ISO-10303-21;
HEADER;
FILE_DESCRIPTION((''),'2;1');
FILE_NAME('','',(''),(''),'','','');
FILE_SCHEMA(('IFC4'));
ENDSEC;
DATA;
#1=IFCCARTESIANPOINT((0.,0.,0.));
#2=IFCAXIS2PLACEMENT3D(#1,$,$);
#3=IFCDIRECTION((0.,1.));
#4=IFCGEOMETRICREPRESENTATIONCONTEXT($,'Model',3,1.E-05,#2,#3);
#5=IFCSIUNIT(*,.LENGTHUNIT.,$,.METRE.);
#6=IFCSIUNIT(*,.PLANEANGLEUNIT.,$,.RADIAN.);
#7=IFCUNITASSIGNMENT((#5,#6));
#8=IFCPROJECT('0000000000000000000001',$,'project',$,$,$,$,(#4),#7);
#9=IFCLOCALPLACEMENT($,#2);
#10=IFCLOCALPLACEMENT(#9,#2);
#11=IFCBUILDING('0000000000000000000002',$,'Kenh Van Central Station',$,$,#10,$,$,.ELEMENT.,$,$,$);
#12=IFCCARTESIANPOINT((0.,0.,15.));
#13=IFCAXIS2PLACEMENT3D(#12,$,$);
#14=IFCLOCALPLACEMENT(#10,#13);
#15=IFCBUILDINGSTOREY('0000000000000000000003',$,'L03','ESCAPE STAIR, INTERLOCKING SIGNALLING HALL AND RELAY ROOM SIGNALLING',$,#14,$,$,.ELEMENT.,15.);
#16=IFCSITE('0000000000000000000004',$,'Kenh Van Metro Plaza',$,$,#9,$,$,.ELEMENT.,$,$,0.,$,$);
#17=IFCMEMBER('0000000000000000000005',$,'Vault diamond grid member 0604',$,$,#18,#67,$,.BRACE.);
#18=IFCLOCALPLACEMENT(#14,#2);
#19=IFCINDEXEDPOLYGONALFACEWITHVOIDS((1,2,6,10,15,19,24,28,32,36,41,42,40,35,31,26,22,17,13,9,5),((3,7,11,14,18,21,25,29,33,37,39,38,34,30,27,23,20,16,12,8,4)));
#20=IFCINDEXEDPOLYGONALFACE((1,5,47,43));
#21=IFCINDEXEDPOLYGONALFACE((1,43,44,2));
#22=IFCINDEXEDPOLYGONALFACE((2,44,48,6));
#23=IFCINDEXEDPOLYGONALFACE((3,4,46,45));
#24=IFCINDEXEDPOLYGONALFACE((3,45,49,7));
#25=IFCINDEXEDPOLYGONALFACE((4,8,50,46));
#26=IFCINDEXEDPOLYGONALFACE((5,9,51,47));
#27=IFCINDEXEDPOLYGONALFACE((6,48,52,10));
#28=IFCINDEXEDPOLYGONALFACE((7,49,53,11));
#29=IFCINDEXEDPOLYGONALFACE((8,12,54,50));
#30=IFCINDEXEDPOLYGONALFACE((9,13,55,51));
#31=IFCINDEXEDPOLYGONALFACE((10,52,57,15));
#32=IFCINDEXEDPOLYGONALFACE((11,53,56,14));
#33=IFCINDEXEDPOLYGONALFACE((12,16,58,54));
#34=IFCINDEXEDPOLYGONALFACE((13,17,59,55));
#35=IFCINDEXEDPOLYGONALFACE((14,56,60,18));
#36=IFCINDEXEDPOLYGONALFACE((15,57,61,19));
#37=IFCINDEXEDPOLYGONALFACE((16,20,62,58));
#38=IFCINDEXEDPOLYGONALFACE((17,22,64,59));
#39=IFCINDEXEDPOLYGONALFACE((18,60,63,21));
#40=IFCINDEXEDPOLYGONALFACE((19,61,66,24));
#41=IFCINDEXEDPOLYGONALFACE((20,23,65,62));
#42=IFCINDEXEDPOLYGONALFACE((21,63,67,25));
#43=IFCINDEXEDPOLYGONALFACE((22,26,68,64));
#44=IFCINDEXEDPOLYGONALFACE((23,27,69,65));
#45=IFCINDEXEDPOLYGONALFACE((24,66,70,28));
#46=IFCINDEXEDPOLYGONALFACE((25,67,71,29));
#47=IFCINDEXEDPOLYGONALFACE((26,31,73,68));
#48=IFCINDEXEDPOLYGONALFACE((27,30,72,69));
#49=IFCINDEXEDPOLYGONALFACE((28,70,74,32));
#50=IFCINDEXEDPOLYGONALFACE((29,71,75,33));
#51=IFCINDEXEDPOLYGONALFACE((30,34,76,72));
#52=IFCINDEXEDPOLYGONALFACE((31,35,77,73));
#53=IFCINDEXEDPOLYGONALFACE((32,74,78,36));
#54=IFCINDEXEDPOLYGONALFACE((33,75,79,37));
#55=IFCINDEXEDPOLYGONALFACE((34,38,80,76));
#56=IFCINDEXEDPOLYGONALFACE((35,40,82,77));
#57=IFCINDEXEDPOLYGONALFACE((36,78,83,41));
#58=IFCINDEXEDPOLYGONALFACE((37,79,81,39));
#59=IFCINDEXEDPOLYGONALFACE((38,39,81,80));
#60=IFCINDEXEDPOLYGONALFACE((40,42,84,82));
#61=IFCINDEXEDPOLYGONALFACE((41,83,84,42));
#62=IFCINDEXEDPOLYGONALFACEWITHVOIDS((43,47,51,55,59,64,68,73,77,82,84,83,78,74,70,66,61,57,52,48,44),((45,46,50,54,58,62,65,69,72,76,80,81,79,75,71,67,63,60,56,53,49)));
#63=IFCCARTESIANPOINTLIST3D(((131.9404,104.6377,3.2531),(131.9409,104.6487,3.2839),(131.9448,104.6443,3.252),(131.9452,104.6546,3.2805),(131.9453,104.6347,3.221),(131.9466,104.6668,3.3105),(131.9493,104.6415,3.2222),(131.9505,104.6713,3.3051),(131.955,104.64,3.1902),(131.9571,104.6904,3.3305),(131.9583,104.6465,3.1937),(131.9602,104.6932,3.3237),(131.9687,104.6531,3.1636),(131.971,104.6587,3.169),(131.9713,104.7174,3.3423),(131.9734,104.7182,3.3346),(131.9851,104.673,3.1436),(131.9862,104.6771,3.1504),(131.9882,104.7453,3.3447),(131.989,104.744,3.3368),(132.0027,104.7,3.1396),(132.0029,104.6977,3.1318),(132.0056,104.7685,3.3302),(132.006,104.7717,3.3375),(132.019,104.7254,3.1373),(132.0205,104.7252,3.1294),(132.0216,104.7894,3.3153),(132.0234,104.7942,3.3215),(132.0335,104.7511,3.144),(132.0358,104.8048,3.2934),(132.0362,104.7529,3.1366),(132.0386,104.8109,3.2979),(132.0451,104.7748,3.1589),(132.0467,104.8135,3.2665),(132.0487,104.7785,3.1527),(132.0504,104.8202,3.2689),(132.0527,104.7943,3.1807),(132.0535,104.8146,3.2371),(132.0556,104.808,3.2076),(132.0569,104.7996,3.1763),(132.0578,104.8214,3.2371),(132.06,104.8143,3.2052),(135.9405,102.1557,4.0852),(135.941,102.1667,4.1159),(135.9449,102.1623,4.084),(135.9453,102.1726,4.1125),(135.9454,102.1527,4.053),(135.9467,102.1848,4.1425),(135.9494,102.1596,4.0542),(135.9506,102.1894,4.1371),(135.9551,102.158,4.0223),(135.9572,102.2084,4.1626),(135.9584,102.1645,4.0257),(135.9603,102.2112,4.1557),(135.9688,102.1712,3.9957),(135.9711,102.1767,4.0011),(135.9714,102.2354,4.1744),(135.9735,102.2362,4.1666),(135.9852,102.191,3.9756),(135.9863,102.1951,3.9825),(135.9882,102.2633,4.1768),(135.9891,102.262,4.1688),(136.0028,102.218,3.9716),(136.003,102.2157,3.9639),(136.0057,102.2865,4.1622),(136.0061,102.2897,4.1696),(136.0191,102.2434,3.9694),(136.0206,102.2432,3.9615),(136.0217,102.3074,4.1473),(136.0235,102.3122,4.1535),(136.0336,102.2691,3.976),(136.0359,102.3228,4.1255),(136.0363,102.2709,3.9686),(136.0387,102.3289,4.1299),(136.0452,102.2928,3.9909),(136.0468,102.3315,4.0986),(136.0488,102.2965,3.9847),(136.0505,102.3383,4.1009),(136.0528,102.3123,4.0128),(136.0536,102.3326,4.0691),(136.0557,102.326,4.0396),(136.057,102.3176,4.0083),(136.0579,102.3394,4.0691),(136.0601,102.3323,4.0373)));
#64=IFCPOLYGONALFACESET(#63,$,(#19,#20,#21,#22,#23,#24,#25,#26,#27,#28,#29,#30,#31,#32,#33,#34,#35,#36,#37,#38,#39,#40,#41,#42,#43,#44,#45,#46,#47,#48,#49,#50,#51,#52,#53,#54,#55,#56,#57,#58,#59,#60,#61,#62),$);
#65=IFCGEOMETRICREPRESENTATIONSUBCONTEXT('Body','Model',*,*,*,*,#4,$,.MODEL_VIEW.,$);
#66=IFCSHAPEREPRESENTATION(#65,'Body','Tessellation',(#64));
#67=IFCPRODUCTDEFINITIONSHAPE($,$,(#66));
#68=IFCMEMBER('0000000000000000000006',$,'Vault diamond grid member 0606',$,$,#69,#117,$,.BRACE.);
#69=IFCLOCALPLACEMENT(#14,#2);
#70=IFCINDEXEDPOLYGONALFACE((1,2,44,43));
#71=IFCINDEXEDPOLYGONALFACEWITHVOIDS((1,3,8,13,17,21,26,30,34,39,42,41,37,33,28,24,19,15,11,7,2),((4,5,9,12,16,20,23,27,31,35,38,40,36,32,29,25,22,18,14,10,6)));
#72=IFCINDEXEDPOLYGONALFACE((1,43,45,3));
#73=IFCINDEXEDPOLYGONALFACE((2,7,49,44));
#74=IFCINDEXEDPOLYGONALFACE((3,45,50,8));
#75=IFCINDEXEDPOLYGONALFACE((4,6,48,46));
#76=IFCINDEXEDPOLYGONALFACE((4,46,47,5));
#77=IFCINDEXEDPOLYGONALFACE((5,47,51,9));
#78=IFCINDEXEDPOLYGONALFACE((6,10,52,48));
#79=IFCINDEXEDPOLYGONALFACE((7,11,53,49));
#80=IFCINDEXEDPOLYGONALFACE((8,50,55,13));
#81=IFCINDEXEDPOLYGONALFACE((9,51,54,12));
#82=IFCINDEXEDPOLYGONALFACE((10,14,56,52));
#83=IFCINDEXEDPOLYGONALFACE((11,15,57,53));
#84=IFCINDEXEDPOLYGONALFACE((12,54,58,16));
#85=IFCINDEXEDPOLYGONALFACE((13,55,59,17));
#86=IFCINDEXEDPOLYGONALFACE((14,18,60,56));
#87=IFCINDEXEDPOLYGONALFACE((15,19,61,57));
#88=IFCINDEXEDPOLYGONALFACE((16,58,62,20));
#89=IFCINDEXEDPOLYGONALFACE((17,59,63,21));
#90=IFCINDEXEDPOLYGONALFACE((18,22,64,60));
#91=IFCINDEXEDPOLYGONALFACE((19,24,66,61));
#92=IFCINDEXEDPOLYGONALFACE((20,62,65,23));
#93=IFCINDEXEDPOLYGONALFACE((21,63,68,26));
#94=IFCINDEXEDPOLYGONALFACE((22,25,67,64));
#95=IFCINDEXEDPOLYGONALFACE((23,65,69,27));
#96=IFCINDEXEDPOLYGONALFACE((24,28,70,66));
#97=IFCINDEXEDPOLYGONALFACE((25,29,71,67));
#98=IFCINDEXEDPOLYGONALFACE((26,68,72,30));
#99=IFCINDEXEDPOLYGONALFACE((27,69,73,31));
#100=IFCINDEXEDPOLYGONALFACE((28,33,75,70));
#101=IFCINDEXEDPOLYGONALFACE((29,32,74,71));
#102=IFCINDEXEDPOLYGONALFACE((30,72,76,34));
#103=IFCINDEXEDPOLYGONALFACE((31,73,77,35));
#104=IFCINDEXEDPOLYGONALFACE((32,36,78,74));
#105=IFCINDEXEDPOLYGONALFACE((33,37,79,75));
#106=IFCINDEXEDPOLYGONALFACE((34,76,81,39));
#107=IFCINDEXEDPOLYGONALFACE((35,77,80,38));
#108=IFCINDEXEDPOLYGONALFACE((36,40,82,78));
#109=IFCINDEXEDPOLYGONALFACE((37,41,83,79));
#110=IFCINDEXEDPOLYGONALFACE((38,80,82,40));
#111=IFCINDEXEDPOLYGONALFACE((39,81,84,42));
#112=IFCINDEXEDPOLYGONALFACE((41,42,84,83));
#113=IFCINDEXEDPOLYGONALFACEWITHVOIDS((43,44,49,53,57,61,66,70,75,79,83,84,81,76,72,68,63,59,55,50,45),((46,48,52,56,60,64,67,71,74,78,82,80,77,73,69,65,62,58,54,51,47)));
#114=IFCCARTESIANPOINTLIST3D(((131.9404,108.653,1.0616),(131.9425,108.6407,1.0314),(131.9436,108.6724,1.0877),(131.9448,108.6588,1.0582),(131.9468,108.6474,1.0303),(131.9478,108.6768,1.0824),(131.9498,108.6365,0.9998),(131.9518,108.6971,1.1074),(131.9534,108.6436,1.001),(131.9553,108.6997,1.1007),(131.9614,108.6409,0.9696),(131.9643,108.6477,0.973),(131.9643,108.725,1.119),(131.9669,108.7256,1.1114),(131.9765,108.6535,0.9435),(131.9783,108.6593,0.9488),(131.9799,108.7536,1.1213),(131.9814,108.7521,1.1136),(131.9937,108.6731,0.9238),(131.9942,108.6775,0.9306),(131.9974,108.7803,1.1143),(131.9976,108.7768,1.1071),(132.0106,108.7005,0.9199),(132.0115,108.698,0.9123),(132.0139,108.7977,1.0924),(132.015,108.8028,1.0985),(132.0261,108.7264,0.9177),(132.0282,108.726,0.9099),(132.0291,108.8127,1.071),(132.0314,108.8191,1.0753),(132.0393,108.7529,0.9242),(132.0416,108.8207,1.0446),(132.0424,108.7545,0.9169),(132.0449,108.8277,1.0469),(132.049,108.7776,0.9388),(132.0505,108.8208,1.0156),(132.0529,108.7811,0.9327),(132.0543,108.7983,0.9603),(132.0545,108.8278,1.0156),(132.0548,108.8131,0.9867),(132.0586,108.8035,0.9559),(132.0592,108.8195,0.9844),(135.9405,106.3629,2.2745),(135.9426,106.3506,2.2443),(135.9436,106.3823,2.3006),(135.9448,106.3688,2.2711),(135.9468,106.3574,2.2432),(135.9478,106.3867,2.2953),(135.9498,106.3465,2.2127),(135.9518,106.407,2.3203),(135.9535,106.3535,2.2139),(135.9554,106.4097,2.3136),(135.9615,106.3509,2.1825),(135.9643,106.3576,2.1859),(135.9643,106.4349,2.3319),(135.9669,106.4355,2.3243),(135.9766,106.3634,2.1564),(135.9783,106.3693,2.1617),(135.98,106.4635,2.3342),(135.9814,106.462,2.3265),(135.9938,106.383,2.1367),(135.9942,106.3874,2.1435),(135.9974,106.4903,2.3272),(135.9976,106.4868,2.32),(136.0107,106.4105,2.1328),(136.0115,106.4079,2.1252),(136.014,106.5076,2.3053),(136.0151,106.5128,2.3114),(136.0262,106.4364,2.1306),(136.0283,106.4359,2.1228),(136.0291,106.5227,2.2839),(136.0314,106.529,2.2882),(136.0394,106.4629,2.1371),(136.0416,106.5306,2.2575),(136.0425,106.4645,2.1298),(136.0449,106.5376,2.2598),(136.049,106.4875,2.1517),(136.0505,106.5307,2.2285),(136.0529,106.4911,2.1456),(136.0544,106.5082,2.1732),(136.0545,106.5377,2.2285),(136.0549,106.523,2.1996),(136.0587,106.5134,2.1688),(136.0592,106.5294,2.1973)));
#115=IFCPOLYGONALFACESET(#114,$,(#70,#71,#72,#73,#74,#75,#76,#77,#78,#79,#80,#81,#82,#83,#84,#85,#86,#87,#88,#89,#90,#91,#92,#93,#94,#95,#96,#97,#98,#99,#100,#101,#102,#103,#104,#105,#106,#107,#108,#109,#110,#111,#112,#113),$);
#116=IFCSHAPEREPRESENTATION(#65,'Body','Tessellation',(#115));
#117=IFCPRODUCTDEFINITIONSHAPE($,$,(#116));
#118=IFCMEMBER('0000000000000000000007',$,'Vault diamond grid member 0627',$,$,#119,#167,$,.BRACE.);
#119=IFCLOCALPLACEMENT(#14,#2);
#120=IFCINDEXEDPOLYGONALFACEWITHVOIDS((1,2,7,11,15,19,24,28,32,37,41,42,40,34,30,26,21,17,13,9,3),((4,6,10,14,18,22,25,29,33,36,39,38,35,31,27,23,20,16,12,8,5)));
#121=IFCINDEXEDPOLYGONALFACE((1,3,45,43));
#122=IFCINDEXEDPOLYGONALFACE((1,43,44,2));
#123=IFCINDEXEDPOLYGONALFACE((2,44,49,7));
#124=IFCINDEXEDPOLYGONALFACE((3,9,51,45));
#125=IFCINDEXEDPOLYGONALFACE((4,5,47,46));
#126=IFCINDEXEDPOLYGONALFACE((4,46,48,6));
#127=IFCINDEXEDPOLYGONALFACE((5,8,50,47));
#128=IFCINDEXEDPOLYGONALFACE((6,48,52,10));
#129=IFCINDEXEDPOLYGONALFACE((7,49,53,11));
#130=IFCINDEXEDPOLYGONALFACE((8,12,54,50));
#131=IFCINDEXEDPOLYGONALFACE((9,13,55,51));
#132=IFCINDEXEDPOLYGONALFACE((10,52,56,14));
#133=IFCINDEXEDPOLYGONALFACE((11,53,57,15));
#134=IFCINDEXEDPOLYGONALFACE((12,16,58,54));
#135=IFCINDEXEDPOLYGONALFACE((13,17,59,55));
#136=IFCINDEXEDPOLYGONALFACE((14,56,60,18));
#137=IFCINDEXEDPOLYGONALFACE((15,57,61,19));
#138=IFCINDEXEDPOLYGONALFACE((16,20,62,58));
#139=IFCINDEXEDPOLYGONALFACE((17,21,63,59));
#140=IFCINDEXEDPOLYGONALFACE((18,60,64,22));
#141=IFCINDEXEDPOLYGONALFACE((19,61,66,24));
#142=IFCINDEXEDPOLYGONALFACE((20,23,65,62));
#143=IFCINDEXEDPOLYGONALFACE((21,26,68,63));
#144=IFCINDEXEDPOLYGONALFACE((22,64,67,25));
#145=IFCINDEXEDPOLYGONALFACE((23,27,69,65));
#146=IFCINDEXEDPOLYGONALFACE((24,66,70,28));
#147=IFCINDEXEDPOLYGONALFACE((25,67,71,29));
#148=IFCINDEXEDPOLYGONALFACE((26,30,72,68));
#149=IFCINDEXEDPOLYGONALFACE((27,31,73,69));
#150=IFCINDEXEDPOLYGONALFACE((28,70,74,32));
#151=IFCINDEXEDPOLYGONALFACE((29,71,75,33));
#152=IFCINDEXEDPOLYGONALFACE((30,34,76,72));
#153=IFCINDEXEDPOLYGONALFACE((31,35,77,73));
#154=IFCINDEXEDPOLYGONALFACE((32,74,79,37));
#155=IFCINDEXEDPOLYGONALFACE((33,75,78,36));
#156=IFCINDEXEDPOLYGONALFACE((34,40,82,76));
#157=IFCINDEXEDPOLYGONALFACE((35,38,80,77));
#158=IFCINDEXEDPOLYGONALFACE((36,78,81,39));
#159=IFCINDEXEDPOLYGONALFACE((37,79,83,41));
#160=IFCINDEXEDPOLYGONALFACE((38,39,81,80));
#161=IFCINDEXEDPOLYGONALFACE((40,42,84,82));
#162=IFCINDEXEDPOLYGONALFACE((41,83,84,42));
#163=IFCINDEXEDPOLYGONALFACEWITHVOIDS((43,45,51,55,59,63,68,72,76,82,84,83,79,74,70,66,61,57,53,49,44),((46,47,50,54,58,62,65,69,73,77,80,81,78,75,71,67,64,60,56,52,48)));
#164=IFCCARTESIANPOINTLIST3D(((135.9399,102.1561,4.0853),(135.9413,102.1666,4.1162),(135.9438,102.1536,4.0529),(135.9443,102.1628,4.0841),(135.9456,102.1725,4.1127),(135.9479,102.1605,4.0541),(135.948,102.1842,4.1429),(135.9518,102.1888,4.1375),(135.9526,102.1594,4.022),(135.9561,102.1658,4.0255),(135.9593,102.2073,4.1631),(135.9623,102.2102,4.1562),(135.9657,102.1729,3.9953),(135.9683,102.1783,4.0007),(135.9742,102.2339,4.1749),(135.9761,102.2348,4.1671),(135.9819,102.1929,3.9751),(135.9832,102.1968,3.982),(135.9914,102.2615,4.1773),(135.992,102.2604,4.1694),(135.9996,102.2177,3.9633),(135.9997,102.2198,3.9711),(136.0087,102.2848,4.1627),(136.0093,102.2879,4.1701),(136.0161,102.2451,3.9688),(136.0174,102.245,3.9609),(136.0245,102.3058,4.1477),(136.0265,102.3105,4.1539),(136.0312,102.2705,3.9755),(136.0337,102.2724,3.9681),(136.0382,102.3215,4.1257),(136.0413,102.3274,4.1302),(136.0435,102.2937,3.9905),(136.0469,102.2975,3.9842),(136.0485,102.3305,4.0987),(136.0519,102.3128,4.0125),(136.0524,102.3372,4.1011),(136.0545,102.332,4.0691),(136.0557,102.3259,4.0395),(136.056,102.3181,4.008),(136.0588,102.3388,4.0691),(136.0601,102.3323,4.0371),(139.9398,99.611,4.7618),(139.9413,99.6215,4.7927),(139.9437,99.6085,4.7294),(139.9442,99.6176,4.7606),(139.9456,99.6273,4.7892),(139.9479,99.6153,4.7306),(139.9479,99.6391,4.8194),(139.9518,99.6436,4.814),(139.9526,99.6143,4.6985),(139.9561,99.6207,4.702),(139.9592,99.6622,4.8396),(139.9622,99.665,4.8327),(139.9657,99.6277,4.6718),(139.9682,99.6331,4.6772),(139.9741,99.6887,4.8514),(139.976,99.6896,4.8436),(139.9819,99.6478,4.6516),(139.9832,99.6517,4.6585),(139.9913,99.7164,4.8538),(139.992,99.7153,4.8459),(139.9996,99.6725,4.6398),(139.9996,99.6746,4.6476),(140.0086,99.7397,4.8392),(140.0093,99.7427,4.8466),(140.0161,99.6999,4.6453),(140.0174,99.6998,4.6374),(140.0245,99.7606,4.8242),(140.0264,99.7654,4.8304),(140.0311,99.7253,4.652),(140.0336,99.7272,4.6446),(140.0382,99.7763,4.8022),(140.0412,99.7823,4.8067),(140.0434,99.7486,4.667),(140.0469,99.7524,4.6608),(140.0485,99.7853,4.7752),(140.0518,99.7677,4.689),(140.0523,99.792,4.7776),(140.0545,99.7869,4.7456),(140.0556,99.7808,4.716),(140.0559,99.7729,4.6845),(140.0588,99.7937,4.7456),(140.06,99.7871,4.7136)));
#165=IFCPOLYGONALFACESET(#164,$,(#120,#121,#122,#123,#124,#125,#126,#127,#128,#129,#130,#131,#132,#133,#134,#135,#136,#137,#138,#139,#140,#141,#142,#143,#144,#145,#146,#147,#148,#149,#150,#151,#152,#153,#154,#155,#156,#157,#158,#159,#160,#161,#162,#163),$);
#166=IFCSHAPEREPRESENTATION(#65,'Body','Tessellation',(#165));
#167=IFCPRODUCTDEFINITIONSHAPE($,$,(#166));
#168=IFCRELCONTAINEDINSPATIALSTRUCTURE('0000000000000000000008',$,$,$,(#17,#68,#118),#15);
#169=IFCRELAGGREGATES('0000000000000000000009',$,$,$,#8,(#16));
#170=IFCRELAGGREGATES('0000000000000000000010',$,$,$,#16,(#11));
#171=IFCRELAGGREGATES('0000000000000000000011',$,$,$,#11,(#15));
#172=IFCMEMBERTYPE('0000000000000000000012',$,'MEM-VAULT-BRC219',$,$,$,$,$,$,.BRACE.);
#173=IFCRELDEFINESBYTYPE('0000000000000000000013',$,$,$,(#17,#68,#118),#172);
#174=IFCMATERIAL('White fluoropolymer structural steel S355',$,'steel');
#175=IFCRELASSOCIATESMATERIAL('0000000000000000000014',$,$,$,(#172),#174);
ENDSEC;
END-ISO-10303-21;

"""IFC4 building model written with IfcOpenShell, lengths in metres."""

from ifc_helpers import new_model, si_unit, direction, frame, origin, origin_2d, place, context, subcontext, project, spatial, hollow_circle, extrude, material, material_profile, profile_set, type_object, element, save


model = new_model("IFC4")

# Units and contexts
model_context = context("Model", 3, precision=1e-05, world=origin(), true_north=direction((0.0, 1.0)))
body_context = subcontext(model_context, "Body", "Model", "MODEL_VIEW")
ifc_project = project(units=[si_unit("LENGTHUNIT", "METRE"), si_unit("PLANEANGLEUNIT", "RADIAN")], contexts=[model_context])

# Site, building, storey
site_placement = place(None, origin())
site = spatial("IfcSite", under=ifc_project, at=site_placement, Name="Kenh Van Metro Plaza", CompositionType="ELEMENT", RefElevation=0.0)
building_placement = place(site_placement, origin())
building = spatial("IfcBuilding", under=site, at=building_placement, Name="Kenh Van Central Station", CompositionType="ELEMENT")
storey_placement = place(building_placement, frame((0.0, 0.0, 15.0)))
storey = spatial("IfcBuildingStorey", under=building, at=storey_placement, Name="L03", Description="ESCAPE STAIR, INTERLOCKING SIGNALLING HALL AND RELAY ROOM SIGNALLING", CompositionType="ELEMENT", Elevation=15.0)

# Shared definitions
ifc_material_1 = material(Name="White fluoropolymer structural steel S355", Category="steel")

# Members
ifc_material_profile_1 = material_profile(ifc_material_1, hollow_circle(Radius=0.1096, WallThickness=0.0081, at=origin_2d()), Name="CHS 219.1x8")
ifc_profile_set_1 = profile_set([ifc_material_profile_1], Name="White fluoropolymer structural steel S355")
member_type_1 = type_object("IfcMemberType", Name="MEM-VAULT-BRC219", PredefinedType="BRACE", material=ifc_profile_set_1)
member_1_placement = place(storey_placement, frame((132.0, 104.7283, 3.2371), z_axis=(0.836749, -0.519189, 0.17405), x_axis=(0.527236, 0.849719, 0.0)))
element("IfcMember", 1, at=member_1_placement, inside=storey, type_object=member_type_1, Name="Vault diamond grid member 0604", PredefinedType="BRACE", context=body_context, shape_type="SweptSolid", body=[
    extrude(hollow_circle(Radius=0.1096, WallThickness=0.0081, at=origin_2d()), origin(), (0.0, 0.0, 1.0), 4.7805),
])
member_2_placement = place(storey_placement, frame((132.0, 108.7327, 1.0156), z_axis=(0.839267, -0.480488, 0.254485), x_axis=(0.496846, 0.867839, 0.0)))
element("IfcMember", 2, at=member_2_placement, inside=storey, type_object=member_type_1, Name="Vault diamond grid member 0606", PredefinedType="BRACE", context=body_context, shape_type="SweptSolid", body=[
    extrude(hollow_circle(Radius=0.1096, WallThickness=0.0081, at=origin_2d()), origin(), (0.0, 0.0, 1.0), 4.7661),
])
member_3_placement = place(storey_placement, frame((136.0, 102.2463, 4.0691), z_axis=(0.835229, -0.531449, 0.141261), x_axis=(0.536832, 0.843689, 0.0)))
element("IfcMember", 3, at=member_3_placement, inside=storey, type_object=member_type_1, Name="Vault diamond grid member 0627", PredefinedType="BRACE", context=body_context, shape_type="SweptSolid", body=[
    extrude(hollow_circle(Radius=0.1096, WallThickness=0.0081, at=origin_2d()), origin(), (0.0, 0.0, 1.0), 4.7891),
])

save(model, "model.ifc")
